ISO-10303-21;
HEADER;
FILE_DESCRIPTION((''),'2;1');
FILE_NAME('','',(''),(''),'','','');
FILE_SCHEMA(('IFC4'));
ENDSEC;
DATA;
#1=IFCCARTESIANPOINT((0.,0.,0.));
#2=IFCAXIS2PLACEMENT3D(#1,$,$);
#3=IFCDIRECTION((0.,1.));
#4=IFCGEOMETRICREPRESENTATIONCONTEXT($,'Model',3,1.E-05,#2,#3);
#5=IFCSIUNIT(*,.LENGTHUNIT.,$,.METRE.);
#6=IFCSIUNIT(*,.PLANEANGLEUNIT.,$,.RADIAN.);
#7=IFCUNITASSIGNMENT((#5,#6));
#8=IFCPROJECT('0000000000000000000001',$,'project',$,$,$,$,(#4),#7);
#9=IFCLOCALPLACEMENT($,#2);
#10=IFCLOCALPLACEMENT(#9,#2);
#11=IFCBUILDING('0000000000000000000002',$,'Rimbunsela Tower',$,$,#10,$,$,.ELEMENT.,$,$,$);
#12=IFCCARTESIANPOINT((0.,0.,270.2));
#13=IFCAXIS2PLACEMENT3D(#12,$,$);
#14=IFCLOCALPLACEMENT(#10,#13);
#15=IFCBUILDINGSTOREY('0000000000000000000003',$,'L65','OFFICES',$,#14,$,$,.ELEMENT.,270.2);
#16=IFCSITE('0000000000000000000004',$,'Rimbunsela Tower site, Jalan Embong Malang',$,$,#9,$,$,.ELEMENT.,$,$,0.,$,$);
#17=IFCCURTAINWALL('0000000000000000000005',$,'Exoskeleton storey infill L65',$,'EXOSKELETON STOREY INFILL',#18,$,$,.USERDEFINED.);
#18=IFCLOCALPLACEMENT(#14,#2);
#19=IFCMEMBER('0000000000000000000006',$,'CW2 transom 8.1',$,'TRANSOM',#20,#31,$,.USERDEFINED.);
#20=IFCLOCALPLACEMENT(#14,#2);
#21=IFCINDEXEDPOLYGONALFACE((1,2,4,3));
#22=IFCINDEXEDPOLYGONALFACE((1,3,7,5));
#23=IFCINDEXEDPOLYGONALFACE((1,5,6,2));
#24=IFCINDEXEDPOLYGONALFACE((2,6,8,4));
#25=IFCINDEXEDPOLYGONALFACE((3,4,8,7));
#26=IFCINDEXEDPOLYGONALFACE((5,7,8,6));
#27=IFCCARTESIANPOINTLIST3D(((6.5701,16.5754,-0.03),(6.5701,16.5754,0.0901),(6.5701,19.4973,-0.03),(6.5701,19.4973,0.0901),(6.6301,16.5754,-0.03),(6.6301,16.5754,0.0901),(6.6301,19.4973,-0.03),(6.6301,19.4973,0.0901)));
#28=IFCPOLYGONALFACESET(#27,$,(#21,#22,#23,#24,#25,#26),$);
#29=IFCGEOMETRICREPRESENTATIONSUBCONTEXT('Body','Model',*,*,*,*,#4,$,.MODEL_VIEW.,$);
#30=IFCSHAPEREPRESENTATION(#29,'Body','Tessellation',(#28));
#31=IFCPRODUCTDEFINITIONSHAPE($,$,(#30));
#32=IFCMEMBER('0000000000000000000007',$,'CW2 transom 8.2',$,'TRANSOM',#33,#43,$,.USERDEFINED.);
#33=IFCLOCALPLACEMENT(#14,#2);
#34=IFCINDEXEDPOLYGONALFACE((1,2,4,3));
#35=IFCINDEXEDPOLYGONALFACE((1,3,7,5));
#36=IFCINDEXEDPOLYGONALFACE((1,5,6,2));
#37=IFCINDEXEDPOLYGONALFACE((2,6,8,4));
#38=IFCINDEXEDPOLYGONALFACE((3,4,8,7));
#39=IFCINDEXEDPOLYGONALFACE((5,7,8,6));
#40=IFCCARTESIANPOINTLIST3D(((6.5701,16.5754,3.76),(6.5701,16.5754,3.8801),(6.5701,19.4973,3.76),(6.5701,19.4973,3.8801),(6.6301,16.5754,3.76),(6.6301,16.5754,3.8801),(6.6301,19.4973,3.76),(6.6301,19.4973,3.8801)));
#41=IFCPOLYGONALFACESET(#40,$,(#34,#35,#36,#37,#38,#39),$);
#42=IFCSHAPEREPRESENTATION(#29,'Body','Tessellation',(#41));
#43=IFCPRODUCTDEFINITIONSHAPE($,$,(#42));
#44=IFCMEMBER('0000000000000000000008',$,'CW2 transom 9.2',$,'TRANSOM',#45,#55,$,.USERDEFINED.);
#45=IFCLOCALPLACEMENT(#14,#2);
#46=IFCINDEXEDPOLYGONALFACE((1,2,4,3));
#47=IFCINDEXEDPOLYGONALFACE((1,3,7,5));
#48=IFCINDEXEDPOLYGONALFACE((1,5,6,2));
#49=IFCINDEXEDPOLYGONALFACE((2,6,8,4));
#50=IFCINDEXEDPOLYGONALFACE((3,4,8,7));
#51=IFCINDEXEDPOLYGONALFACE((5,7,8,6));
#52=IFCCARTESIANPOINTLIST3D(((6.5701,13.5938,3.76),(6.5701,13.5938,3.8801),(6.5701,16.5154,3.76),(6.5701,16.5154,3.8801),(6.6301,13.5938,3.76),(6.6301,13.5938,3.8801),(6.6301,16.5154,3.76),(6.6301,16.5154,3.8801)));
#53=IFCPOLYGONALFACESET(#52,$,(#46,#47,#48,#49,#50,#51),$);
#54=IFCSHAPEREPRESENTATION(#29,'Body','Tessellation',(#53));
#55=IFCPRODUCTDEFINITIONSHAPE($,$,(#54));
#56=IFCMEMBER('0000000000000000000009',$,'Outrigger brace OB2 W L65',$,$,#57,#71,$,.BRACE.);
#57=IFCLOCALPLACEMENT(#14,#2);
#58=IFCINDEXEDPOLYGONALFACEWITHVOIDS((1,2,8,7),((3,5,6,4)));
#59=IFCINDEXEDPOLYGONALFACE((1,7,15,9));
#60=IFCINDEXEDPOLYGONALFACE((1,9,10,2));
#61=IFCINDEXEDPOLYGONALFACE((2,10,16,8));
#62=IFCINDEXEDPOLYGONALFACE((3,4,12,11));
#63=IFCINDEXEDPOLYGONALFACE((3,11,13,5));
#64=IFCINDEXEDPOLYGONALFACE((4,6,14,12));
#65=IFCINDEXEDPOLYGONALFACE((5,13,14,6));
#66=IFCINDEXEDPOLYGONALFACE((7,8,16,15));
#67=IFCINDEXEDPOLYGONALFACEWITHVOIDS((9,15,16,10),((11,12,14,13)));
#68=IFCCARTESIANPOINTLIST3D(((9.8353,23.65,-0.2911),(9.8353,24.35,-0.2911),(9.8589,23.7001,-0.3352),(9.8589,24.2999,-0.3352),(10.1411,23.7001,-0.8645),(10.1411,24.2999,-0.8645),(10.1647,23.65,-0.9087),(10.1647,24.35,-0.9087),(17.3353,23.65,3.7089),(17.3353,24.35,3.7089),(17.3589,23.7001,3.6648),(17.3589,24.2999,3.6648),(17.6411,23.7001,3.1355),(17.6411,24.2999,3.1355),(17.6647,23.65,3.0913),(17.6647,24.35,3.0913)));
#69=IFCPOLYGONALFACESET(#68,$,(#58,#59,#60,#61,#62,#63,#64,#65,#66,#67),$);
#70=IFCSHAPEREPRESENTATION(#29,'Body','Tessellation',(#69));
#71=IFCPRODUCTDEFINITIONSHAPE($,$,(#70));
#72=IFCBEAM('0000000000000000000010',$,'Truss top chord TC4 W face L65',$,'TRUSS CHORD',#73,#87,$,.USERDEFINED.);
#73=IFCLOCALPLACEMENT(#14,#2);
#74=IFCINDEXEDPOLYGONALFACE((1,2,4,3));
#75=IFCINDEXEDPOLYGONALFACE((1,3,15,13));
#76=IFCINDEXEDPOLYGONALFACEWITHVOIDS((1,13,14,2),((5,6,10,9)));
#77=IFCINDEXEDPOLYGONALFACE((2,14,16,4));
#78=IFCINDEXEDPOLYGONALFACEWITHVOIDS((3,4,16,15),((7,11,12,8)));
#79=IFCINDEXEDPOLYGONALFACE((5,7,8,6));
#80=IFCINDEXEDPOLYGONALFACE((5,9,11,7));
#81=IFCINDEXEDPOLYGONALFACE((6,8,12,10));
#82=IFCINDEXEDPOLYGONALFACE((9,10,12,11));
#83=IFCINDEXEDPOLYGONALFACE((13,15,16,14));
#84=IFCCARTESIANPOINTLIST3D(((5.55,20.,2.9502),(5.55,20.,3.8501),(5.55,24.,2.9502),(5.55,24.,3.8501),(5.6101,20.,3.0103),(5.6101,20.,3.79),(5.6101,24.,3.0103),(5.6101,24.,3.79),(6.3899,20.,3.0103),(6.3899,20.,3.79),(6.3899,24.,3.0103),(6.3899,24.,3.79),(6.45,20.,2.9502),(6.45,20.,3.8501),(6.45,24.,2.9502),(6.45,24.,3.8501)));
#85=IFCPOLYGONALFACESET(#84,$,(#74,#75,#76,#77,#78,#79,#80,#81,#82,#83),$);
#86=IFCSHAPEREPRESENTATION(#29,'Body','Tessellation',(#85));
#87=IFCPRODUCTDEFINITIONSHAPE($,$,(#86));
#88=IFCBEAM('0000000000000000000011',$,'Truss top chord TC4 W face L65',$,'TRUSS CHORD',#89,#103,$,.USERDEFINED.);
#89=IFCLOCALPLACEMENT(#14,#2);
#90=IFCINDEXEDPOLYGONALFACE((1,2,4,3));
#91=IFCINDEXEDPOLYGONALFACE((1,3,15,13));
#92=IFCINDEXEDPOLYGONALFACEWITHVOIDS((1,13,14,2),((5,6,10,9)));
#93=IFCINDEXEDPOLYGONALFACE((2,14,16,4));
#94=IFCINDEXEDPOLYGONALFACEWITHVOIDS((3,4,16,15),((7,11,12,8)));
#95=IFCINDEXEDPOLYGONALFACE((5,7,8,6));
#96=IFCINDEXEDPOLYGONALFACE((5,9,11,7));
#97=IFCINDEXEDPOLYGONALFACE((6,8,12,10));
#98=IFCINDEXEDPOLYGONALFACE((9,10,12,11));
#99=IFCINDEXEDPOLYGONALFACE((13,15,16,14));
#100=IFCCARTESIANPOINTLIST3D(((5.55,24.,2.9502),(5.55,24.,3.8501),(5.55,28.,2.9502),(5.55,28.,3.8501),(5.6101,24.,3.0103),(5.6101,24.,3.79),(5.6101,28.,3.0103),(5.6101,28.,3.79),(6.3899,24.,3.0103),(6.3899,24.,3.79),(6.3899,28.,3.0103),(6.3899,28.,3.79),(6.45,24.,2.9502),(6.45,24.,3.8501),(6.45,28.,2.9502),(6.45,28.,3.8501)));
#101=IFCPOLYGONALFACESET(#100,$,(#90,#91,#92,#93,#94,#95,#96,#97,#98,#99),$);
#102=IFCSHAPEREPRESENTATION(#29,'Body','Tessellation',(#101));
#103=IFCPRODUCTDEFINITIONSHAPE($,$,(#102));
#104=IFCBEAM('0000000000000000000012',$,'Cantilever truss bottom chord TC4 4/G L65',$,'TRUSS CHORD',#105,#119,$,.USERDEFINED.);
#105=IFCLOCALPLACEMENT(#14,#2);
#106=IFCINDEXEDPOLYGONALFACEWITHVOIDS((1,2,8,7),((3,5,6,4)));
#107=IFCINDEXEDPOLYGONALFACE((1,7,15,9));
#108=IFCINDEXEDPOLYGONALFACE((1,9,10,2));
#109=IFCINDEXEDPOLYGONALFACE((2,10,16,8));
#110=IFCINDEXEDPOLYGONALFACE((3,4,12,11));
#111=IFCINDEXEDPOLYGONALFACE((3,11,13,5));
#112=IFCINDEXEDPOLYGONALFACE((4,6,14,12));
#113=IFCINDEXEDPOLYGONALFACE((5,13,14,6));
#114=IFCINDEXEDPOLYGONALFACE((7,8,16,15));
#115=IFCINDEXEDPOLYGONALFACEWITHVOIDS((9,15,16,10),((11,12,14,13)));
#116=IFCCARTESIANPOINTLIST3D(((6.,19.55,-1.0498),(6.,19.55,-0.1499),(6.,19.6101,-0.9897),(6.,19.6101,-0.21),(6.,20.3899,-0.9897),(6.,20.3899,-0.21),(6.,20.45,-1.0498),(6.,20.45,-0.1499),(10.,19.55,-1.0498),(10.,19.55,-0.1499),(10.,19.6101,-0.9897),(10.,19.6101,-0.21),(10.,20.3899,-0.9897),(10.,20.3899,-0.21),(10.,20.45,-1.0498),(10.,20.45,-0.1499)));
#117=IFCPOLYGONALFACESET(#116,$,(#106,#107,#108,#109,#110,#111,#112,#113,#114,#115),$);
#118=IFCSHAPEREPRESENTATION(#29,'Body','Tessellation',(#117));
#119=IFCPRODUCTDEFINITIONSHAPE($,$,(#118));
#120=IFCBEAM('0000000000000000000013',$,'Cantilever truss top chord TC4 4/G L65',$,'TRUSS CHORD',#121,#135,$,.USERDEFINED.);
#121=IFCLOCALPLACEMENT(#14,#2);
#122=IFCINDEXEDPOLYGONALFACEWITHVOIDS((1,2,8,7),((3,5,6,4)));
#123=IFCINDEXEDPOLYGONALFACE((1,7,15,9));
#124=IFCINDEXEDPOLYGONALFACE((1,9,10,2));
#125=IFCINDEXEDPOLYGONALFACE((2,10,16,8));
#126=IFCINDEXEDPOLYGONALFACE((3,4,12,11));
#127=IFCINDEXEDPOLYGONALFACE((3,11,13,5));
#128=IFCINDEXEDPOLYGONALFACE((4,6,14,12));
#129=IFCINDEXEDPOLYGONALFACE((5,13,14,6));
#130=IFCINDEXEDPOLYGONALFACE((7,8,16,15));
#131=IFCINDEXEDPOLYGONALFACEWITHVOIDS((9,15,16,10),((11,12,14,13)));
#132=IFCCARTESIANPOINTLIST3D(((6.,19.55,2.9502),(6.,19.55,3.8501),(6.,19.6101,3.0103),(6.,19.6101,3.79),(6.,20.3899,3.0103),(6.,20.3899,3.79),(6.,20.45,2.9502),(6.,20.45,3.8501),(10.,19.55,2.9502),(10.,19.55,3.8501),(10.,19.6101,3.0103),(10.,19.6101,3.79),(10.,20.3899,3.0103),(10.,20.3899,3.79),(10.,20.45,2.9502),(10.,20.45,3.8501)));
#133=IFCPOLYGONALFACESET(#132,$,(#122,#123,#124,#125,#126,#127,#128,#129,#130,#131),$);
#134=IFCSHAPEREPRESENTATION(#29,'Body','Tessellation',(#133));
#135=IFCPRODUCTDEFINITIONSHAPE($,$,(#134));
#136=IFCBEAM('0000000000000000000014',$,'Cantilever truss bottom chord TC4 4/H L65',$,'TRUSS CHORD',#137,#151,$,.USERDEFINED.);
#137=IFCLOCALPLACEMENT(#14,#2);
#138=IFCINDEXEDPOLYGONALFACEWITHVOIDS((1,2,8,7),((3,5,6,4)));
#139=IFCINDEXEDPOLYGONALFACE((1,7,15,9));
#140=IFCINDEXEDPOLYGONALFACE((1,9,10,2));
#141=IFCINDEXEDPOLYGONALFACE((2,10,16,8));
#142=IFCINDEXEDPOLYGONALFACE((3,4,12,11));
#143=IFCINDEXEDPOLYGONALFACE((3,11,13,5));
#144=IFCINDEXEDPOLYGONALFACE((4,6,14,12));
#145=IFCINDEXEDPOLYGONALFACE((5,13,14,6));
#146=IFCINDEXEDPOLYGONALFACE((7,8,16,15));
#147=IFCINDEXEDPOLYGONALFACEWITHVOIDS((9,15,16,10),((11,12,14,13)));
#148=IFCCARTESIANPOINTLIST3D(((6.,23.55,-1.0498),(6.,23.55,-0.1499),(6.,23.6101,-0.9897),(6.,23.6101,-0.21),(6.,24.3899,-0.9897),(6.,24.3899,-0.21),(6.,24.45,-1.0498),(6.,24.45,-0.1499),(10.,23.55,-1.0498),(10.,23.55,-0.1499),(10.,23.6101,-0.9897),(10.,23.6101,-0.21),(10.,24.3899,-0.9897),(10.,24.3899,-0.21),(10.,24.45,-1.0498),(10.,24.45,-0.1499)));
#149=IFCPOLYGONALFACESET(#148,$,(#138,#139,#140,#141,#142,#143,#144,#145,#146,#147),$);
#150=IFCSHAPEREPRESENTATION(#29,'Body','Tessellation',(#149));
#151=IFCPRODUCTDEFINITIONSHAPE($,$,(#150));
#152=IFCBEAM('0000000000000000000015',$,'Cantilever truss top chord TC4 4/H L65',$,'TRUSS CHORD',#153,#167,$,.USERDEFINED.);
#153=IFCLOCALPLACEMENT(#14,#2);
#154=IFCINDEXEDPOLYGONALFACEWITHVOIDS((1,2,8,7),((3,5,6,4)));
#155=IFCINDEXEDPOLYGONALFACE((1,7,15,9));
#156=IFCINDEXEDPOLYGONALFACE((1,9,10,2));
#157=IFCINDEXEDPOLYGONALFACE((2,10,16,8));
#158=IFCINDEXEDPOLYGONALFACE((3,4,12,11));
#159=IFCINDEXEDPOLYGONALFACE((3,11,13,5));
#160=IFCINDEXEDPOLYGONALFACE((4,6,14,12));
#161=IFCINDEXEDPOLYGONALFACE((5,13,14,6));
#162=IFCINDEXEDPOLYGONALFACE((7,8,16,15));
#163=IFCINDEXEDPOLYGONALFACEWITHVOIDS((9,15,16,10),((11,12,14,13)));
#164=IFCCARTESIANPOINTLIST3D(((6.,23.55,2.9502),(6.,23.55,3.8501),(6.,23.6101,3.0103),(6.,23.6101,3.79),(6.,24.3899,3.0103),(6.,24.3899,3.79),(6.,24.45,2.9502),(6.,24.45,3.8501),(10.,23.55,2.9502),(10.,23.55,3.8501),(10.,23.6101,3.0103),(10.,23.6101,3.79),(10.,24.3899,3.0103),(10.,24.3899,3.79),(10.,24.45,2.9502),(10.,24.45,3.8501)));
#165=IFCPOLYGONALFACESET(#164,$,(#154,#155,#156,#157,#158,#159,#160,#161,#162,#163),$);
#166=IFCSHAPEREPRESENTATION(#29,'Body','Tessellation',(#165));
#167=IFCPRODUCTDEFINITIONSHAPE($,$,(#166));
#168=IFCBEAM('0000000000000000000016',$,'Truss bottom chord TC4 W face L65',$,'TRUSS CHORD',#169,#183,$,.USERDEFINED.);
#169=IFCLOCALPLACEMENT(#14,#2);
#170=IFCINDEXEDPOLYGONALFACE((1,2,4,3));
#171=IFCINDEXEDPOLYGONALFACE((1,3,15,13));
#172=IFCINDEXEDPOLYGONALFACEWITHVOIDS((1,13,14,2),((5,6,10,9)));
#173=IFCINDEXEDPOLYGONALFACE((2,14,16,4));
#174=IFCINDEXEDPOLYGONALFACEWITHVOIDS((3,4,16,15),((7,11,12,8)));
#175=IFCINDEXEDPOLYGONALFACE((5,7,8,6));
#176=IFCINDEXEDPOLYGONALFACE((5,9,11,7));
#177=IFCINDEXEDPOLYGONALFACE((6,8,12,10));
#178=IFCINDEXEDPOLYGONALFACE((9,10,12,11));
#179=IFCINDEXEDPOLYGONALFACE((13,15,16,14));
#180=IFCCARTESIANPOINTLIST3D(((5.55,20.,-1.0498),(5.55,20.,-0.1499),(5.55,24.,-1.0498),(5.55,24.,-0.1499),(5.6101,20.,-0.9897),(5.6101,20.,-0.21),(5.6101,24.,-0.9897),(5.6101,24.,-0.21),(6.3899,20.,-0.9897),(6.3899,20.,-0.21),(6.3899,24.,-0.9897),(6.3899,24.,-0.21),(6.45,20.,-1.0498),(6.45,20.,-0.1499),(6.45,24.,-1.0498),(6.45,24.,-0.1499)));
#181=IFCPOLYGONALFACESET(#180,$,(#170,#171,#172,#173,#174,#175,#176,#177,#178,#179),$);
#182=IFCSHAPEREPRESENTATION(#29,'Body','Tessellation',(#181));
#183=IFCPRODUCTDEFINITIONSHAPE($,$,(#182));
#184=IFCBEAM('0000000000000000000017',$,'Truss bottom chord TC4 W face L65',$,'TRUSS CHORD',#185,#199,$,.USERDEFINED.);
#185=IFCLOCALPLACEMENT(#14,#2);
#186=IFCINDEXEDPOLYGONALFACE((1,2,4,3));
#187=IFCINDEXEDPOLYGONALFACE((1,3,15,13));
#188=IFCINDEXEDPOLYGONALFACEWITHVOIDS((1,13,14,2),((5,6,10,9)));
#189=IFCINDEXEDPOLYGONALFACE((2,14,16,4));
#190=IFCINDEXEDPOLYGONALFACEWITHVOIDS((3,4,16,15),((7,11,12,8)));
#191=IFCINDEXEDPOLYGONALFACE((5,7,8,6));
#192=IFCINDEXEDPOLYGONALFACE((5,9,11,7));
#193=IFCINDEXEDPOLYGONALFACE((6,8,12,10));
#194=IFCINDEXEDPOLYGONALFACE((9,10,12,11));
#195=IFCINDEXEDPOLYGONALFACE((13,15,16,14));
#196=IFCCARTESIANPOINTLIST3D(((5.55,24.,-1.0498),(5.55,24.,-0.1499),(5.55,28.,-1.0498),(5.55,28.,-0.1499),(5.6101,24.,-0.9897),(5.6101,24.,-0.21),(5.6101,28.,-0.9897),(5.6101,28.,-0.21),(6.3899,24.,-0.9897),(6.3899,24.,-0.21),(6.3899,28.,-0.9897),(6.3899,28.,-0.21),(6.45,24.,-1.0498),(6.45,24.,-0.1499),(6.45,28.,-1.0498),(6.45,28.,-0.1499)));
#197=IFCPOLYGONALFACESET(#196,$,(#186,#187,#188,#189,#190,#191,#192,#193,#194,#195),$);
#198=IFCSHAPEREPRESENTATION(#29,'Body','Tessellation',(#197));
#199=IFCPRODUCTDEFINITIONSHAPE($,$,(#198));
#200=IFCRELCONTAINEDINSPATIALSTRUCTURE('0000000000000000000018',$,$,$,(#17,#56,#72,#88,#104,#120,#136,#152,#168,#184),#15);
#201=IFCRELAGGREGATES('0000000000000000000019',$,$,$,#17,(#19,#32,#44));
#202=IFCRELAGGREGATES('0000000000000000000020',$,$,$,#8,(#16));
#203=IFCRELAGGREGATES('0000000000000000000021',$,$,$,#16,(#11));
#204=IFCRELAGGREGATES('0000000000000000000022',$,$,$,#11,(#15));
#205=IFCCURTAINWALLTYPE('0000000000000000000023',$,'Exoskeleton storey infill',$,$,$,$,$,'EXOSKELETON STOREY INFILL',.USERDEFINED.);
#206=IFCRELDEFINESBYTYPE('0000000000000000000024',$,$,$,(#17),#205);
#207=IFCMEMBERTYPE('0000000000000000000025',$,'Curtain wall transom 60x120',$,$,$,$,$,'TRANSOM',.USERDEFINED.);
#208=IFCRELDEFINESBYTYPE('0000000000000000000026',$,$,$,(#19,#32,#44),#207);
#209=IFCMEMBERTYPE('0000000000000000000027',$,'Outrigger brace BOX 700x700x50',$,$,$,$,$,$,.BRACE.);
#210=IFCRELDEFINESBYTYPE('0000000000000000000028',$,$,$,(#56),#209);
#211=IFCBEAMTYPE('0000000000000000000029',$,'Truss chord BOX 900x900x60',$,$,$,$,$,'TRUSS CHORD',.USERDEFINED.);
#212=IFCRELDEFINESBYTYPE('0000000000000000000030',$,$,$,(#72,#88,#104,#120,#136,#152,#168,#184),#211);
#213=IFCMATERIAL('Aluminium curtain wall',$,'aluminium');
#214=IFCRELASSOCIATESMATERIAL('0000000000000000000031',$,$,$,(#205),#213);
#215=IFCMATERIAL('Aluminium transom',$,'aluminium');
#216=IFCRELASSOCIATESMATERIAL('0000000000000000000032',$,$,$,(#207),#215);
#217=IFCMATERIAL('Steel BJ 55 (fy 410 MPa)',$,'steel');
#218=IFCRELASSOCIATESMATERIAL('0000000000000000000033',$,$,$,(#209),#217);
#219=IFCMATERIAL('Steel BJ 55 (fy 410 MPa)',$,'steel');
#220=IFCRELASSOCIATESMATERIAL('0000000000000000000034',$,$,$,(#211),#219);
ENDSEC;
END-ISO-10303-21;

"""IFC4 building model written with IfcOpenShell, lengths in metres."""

from ifc_helpers import new_model, si_unit, direction, frame, origin, origin_2d, place, context, subcontext, project, spatial, rectangle, hollow_rectangle, extrude, material, material_profile, profile_set, type_object, element, aggregate, save


model = new_model("IFC4")

# Units and contexts
model_context = context("Model", 3, precision=1e-05, world=origin(), true_north=direction((0.0, 1.0)))
body_context = subcontext(model_context, "Body", "Model", "MODEL_VIEW")
ifc_project = project(units=[si_unit("LENGTHUNIT", "METRE"), si_unit("PLANEANGLEUNIT", "RADIAN")], contexts=[model_context])

# Site, building, storey
site_placement = place(None, origin())
site = spatial("IfcSite", under=ifc_project, at=site_placement, Name="Rimbunsela Tower site, Jalan Embong Malang", CompositionType="ELEMENT", RefElevation=0.0)
building_placement = place(site_placement, origin())
building = spatial("IfcBuilding", under=site, at=building_placement, Name="Rimbunsela Tower", CompositionType="ELEMENT")
storey_placement = place(building_placement, frame((0.0, 0.0, 270.2)))
storey = spatial("IfcBuildingStorey", under=building, at=storey_placement, Name="L65", Description="OFFICES", CompositionType="ELEMENT", Elevation=270.2)

# Curtain wall, members
ifc_material_1 = material(Name="Aluminium curtain wall", Category="aluminium")
curtain_wall_type = type_object("IfcCurtainWallType", Name="Exoskeleton storey infill", ElementType="EXOSKELETON STOREY INFILL", PredefinedType="USERDEFINED", material=ifc_material_1)
curtain_wall_placement = place(storey_placement, origin())
curtain_wall = element("IfcCurtainWall", 1, at=curtain_wall_placement, inside=storey, type_object=curtain_wall_type, Name="Exoskeleton storey infill L65", ObjectType="EXOSKELETON STOREY INFILL", PredefinedType="USERDEFINED")
ifc_material_2 = material(Name="Aluminium transom", Category="aluminium")
ifc_material_profile_1 = material_profile(ifc_material_2, rectangle(XDim=0.0601, YDim=0.1201, at=origin_2d()), Name="Transom 60x120")
ifc_profile_set_1 = profile_set([ifc_material_profile_1], Name="Aluminium transom")
member_type_1 = type_object("IfcMemberType", Name="Curtain wall transom 60x120", ElementType="TRANSOM", PredefinedType="USERDEFINED", material=ifc_profile_set_1)
member_1_placement = place(storey_placement, frame((6.6001, 19.4973, 0.03), z_axis=(0.0, -1.0, 0.0), x_axis=(1.0, 0.0, 0.0)))
member_1 = element("IfcMember", 2, at=member_1_placement, type_object=member_type_1, Name="CW2 transom 8.1", ObjectType="TRANSOM", PredefinedType="USERDEFINED", context=body_context, shape_type="SweptSolid", body=[
    extrude(rectangle(XDim=0.0601, YDim=0.1201, at=origin_2d()), origin(), (0.0, 0.0, 1.0), 2.9219),
])
member_2_placement = place(storey_placement, frame((6.6001, 19.4973, 3.8201), z_axis=(0.0, -1.0, 0.0), x_axis=(1.0, 0.0, 0.0)))
member_2 = element("IfcMember", 3, at=member_2_placement, type_object=member_type_1, Name="CW2 transom 8.2", ObjectType="TRANSOM", PredefinedType="USERDEFINED", context=body_context, shape_type="SweptSolid", body=[
    extrude(rectangle(XDim=0.0601, YDim=0.1201, at=origin_2d()), origin(), (0.0, 0.0, 1.0), 2.9219),
])
member_3_placement = place(storey_placement, frame((6.6001, 16.5154, 3.8201), z_axis=(0.0, -1.0, 0.0), x_axis=(1.0, 0.0, 0.0)))
member_3 = element("IfcMember", 4, at=member_3_placement, type_object=member_type_1, Name="CW2 transom 9.2", ObjectType="TRANSOM", PredefinedType="USERDEFINED", context=body_context, shape_type="SweptSolid", body=[
    extrude(rectangle(XDim=0.0601, YDim=0.1201, at=origin_2d()), origin(), (0.0, 0.0, 1.0), 2.9216),
])

# Member
ifc_material_3 = material(Name="Steel BJ 55 (fy 410 MPa)", Category="steel")
ifc_material_profile_2 = material_profile(ifc_material_3, hollow_rectangle(XDim=0.7, YDim=0.7, WallThickness=0.05, at=origin_2d()), Name="BOX 700x700x50")
ifc_profile_set_2 = profile_set([ifc_material_profile_2], Name="Steel BJ 55 (fy 410 MPa)")
member_type_2 = type_object("IfcMemberType", Name="Outrigger brace BOX 700x700x50", PredefinedType="BRACE", material=ifc_profile_set_2)
member_4_placement = place(storey_placement, frame((10.0, 24.0, -0.5999), z_axis=(0.882353, 0.0, 0.470588), x_axis=(0.0, 1.0, 0.0)))
element("IfcMember", 5, at=member_4_placement, inside=storey, type_object=member_type_2, Name="Outrigger brace OB2 W L65", PredefinedType="BRACE", context=body_context, shape_type="SweptSolid", body=[
    extrude(hollow_rectangle(XDim=0.7, YDim=0.7, WallThickness=0.05, at=origin_2d()), origin(), (0.0, 0.0, 1.0), 8.5),
])

# Beams
ifc_material_4 = material(Name="Steel BJ 55 (fy 410 MPa)", Category="steel")
ifc_material_profile_3 = material_profile(ifc_material_4, hollow_rectangle(XDim=0.8999, YDim=0.8999, WallThickness=0.0601, at=origin_2d()), Name="BOX 900x900x60")
ifc_profile_set_3 = profile_set([ifc_material_profile_3], Name="Steel BJ 55 (fy 410 MPa)")
beam_type_1 = type_object("IfcBeamType", Name="Truss chord BOX 900x900x60", ElementType="TRUSS CHORD", PredefinedType="USERDEFINED", material=ifc_profile_set_3)
for number, where, z_axis, x_axis, name in (
    (6, (6.0, 20.0, 3.4001), (0.0, 1.0, 0.0), (-1.0, 0.0, 0.0), "Truss top chord TC4 W face L65"),
    (7, (6.0, 24.0, 3.4001), (0.0, 1.0, 0.0), (-1.0, 0.0, 0.0), "Truss top chord TC4 W face L65"),
    (8, (10.0, 20.0, -0.5999), (-1.0, 0.0, 0.0), (0.0, -1.0, 0.0), "Cantilever truss bottom chord TC4 4/G L65"),
    (9, (10.0, 20.0, 3.4001), (-1.0, 0.0, 0.0), (0.0, -1.0, 0.0), "Cantilever truss top chord TC4 4/G L65"),
    (10, (10.0, 24.0, -0.5999), (-1.0, 0.0, 0.0), (0.0, -1.0, 0.0), "Cantilever truss bottom chord TC4 4/H L65"),
    (11, (10.0, 24.0, 3.4001), (-1.0, 0.0, 0.0), (0.0, -1.0, 0.0), "Cantilever truss top chord TC4 4/H L65"),
    (12, (6.0, 20.0, -0.5999), (0.0, 1.0, 0.0), (-1.0, 0.0, 0.0), "Truss bottom chord TC4 W face L65"),
    (13, (6.0, 24.0, -0.5999), (0.0, 1.0, 0.0), (-1.0, 0.0, 0.0), "Truss bottom chord TC4 W face L65"),
):
    element("IfcBeam", number, at=place(storey_placement, frame(where, z_axis=z_axis, x_axis=x_axis)), inside=storey, type_object=beam_type_1, Name=name, ObjectType="TRUSS CHORD", PredefinedType="USERDEFINED", context=body_context, shape_type="SweptSolid", body=[
        extrude(hollow_rectangle(XDim=0.8999, YDim=0.8999, WallThickness=0.0601, at=origin_2d()), origin(), (0.0, 0.0, 1.0), 4.0),
    ])

aggregate(curtain_wall, [member_1, member_2, member_3])

save(model, "model.ifc")
